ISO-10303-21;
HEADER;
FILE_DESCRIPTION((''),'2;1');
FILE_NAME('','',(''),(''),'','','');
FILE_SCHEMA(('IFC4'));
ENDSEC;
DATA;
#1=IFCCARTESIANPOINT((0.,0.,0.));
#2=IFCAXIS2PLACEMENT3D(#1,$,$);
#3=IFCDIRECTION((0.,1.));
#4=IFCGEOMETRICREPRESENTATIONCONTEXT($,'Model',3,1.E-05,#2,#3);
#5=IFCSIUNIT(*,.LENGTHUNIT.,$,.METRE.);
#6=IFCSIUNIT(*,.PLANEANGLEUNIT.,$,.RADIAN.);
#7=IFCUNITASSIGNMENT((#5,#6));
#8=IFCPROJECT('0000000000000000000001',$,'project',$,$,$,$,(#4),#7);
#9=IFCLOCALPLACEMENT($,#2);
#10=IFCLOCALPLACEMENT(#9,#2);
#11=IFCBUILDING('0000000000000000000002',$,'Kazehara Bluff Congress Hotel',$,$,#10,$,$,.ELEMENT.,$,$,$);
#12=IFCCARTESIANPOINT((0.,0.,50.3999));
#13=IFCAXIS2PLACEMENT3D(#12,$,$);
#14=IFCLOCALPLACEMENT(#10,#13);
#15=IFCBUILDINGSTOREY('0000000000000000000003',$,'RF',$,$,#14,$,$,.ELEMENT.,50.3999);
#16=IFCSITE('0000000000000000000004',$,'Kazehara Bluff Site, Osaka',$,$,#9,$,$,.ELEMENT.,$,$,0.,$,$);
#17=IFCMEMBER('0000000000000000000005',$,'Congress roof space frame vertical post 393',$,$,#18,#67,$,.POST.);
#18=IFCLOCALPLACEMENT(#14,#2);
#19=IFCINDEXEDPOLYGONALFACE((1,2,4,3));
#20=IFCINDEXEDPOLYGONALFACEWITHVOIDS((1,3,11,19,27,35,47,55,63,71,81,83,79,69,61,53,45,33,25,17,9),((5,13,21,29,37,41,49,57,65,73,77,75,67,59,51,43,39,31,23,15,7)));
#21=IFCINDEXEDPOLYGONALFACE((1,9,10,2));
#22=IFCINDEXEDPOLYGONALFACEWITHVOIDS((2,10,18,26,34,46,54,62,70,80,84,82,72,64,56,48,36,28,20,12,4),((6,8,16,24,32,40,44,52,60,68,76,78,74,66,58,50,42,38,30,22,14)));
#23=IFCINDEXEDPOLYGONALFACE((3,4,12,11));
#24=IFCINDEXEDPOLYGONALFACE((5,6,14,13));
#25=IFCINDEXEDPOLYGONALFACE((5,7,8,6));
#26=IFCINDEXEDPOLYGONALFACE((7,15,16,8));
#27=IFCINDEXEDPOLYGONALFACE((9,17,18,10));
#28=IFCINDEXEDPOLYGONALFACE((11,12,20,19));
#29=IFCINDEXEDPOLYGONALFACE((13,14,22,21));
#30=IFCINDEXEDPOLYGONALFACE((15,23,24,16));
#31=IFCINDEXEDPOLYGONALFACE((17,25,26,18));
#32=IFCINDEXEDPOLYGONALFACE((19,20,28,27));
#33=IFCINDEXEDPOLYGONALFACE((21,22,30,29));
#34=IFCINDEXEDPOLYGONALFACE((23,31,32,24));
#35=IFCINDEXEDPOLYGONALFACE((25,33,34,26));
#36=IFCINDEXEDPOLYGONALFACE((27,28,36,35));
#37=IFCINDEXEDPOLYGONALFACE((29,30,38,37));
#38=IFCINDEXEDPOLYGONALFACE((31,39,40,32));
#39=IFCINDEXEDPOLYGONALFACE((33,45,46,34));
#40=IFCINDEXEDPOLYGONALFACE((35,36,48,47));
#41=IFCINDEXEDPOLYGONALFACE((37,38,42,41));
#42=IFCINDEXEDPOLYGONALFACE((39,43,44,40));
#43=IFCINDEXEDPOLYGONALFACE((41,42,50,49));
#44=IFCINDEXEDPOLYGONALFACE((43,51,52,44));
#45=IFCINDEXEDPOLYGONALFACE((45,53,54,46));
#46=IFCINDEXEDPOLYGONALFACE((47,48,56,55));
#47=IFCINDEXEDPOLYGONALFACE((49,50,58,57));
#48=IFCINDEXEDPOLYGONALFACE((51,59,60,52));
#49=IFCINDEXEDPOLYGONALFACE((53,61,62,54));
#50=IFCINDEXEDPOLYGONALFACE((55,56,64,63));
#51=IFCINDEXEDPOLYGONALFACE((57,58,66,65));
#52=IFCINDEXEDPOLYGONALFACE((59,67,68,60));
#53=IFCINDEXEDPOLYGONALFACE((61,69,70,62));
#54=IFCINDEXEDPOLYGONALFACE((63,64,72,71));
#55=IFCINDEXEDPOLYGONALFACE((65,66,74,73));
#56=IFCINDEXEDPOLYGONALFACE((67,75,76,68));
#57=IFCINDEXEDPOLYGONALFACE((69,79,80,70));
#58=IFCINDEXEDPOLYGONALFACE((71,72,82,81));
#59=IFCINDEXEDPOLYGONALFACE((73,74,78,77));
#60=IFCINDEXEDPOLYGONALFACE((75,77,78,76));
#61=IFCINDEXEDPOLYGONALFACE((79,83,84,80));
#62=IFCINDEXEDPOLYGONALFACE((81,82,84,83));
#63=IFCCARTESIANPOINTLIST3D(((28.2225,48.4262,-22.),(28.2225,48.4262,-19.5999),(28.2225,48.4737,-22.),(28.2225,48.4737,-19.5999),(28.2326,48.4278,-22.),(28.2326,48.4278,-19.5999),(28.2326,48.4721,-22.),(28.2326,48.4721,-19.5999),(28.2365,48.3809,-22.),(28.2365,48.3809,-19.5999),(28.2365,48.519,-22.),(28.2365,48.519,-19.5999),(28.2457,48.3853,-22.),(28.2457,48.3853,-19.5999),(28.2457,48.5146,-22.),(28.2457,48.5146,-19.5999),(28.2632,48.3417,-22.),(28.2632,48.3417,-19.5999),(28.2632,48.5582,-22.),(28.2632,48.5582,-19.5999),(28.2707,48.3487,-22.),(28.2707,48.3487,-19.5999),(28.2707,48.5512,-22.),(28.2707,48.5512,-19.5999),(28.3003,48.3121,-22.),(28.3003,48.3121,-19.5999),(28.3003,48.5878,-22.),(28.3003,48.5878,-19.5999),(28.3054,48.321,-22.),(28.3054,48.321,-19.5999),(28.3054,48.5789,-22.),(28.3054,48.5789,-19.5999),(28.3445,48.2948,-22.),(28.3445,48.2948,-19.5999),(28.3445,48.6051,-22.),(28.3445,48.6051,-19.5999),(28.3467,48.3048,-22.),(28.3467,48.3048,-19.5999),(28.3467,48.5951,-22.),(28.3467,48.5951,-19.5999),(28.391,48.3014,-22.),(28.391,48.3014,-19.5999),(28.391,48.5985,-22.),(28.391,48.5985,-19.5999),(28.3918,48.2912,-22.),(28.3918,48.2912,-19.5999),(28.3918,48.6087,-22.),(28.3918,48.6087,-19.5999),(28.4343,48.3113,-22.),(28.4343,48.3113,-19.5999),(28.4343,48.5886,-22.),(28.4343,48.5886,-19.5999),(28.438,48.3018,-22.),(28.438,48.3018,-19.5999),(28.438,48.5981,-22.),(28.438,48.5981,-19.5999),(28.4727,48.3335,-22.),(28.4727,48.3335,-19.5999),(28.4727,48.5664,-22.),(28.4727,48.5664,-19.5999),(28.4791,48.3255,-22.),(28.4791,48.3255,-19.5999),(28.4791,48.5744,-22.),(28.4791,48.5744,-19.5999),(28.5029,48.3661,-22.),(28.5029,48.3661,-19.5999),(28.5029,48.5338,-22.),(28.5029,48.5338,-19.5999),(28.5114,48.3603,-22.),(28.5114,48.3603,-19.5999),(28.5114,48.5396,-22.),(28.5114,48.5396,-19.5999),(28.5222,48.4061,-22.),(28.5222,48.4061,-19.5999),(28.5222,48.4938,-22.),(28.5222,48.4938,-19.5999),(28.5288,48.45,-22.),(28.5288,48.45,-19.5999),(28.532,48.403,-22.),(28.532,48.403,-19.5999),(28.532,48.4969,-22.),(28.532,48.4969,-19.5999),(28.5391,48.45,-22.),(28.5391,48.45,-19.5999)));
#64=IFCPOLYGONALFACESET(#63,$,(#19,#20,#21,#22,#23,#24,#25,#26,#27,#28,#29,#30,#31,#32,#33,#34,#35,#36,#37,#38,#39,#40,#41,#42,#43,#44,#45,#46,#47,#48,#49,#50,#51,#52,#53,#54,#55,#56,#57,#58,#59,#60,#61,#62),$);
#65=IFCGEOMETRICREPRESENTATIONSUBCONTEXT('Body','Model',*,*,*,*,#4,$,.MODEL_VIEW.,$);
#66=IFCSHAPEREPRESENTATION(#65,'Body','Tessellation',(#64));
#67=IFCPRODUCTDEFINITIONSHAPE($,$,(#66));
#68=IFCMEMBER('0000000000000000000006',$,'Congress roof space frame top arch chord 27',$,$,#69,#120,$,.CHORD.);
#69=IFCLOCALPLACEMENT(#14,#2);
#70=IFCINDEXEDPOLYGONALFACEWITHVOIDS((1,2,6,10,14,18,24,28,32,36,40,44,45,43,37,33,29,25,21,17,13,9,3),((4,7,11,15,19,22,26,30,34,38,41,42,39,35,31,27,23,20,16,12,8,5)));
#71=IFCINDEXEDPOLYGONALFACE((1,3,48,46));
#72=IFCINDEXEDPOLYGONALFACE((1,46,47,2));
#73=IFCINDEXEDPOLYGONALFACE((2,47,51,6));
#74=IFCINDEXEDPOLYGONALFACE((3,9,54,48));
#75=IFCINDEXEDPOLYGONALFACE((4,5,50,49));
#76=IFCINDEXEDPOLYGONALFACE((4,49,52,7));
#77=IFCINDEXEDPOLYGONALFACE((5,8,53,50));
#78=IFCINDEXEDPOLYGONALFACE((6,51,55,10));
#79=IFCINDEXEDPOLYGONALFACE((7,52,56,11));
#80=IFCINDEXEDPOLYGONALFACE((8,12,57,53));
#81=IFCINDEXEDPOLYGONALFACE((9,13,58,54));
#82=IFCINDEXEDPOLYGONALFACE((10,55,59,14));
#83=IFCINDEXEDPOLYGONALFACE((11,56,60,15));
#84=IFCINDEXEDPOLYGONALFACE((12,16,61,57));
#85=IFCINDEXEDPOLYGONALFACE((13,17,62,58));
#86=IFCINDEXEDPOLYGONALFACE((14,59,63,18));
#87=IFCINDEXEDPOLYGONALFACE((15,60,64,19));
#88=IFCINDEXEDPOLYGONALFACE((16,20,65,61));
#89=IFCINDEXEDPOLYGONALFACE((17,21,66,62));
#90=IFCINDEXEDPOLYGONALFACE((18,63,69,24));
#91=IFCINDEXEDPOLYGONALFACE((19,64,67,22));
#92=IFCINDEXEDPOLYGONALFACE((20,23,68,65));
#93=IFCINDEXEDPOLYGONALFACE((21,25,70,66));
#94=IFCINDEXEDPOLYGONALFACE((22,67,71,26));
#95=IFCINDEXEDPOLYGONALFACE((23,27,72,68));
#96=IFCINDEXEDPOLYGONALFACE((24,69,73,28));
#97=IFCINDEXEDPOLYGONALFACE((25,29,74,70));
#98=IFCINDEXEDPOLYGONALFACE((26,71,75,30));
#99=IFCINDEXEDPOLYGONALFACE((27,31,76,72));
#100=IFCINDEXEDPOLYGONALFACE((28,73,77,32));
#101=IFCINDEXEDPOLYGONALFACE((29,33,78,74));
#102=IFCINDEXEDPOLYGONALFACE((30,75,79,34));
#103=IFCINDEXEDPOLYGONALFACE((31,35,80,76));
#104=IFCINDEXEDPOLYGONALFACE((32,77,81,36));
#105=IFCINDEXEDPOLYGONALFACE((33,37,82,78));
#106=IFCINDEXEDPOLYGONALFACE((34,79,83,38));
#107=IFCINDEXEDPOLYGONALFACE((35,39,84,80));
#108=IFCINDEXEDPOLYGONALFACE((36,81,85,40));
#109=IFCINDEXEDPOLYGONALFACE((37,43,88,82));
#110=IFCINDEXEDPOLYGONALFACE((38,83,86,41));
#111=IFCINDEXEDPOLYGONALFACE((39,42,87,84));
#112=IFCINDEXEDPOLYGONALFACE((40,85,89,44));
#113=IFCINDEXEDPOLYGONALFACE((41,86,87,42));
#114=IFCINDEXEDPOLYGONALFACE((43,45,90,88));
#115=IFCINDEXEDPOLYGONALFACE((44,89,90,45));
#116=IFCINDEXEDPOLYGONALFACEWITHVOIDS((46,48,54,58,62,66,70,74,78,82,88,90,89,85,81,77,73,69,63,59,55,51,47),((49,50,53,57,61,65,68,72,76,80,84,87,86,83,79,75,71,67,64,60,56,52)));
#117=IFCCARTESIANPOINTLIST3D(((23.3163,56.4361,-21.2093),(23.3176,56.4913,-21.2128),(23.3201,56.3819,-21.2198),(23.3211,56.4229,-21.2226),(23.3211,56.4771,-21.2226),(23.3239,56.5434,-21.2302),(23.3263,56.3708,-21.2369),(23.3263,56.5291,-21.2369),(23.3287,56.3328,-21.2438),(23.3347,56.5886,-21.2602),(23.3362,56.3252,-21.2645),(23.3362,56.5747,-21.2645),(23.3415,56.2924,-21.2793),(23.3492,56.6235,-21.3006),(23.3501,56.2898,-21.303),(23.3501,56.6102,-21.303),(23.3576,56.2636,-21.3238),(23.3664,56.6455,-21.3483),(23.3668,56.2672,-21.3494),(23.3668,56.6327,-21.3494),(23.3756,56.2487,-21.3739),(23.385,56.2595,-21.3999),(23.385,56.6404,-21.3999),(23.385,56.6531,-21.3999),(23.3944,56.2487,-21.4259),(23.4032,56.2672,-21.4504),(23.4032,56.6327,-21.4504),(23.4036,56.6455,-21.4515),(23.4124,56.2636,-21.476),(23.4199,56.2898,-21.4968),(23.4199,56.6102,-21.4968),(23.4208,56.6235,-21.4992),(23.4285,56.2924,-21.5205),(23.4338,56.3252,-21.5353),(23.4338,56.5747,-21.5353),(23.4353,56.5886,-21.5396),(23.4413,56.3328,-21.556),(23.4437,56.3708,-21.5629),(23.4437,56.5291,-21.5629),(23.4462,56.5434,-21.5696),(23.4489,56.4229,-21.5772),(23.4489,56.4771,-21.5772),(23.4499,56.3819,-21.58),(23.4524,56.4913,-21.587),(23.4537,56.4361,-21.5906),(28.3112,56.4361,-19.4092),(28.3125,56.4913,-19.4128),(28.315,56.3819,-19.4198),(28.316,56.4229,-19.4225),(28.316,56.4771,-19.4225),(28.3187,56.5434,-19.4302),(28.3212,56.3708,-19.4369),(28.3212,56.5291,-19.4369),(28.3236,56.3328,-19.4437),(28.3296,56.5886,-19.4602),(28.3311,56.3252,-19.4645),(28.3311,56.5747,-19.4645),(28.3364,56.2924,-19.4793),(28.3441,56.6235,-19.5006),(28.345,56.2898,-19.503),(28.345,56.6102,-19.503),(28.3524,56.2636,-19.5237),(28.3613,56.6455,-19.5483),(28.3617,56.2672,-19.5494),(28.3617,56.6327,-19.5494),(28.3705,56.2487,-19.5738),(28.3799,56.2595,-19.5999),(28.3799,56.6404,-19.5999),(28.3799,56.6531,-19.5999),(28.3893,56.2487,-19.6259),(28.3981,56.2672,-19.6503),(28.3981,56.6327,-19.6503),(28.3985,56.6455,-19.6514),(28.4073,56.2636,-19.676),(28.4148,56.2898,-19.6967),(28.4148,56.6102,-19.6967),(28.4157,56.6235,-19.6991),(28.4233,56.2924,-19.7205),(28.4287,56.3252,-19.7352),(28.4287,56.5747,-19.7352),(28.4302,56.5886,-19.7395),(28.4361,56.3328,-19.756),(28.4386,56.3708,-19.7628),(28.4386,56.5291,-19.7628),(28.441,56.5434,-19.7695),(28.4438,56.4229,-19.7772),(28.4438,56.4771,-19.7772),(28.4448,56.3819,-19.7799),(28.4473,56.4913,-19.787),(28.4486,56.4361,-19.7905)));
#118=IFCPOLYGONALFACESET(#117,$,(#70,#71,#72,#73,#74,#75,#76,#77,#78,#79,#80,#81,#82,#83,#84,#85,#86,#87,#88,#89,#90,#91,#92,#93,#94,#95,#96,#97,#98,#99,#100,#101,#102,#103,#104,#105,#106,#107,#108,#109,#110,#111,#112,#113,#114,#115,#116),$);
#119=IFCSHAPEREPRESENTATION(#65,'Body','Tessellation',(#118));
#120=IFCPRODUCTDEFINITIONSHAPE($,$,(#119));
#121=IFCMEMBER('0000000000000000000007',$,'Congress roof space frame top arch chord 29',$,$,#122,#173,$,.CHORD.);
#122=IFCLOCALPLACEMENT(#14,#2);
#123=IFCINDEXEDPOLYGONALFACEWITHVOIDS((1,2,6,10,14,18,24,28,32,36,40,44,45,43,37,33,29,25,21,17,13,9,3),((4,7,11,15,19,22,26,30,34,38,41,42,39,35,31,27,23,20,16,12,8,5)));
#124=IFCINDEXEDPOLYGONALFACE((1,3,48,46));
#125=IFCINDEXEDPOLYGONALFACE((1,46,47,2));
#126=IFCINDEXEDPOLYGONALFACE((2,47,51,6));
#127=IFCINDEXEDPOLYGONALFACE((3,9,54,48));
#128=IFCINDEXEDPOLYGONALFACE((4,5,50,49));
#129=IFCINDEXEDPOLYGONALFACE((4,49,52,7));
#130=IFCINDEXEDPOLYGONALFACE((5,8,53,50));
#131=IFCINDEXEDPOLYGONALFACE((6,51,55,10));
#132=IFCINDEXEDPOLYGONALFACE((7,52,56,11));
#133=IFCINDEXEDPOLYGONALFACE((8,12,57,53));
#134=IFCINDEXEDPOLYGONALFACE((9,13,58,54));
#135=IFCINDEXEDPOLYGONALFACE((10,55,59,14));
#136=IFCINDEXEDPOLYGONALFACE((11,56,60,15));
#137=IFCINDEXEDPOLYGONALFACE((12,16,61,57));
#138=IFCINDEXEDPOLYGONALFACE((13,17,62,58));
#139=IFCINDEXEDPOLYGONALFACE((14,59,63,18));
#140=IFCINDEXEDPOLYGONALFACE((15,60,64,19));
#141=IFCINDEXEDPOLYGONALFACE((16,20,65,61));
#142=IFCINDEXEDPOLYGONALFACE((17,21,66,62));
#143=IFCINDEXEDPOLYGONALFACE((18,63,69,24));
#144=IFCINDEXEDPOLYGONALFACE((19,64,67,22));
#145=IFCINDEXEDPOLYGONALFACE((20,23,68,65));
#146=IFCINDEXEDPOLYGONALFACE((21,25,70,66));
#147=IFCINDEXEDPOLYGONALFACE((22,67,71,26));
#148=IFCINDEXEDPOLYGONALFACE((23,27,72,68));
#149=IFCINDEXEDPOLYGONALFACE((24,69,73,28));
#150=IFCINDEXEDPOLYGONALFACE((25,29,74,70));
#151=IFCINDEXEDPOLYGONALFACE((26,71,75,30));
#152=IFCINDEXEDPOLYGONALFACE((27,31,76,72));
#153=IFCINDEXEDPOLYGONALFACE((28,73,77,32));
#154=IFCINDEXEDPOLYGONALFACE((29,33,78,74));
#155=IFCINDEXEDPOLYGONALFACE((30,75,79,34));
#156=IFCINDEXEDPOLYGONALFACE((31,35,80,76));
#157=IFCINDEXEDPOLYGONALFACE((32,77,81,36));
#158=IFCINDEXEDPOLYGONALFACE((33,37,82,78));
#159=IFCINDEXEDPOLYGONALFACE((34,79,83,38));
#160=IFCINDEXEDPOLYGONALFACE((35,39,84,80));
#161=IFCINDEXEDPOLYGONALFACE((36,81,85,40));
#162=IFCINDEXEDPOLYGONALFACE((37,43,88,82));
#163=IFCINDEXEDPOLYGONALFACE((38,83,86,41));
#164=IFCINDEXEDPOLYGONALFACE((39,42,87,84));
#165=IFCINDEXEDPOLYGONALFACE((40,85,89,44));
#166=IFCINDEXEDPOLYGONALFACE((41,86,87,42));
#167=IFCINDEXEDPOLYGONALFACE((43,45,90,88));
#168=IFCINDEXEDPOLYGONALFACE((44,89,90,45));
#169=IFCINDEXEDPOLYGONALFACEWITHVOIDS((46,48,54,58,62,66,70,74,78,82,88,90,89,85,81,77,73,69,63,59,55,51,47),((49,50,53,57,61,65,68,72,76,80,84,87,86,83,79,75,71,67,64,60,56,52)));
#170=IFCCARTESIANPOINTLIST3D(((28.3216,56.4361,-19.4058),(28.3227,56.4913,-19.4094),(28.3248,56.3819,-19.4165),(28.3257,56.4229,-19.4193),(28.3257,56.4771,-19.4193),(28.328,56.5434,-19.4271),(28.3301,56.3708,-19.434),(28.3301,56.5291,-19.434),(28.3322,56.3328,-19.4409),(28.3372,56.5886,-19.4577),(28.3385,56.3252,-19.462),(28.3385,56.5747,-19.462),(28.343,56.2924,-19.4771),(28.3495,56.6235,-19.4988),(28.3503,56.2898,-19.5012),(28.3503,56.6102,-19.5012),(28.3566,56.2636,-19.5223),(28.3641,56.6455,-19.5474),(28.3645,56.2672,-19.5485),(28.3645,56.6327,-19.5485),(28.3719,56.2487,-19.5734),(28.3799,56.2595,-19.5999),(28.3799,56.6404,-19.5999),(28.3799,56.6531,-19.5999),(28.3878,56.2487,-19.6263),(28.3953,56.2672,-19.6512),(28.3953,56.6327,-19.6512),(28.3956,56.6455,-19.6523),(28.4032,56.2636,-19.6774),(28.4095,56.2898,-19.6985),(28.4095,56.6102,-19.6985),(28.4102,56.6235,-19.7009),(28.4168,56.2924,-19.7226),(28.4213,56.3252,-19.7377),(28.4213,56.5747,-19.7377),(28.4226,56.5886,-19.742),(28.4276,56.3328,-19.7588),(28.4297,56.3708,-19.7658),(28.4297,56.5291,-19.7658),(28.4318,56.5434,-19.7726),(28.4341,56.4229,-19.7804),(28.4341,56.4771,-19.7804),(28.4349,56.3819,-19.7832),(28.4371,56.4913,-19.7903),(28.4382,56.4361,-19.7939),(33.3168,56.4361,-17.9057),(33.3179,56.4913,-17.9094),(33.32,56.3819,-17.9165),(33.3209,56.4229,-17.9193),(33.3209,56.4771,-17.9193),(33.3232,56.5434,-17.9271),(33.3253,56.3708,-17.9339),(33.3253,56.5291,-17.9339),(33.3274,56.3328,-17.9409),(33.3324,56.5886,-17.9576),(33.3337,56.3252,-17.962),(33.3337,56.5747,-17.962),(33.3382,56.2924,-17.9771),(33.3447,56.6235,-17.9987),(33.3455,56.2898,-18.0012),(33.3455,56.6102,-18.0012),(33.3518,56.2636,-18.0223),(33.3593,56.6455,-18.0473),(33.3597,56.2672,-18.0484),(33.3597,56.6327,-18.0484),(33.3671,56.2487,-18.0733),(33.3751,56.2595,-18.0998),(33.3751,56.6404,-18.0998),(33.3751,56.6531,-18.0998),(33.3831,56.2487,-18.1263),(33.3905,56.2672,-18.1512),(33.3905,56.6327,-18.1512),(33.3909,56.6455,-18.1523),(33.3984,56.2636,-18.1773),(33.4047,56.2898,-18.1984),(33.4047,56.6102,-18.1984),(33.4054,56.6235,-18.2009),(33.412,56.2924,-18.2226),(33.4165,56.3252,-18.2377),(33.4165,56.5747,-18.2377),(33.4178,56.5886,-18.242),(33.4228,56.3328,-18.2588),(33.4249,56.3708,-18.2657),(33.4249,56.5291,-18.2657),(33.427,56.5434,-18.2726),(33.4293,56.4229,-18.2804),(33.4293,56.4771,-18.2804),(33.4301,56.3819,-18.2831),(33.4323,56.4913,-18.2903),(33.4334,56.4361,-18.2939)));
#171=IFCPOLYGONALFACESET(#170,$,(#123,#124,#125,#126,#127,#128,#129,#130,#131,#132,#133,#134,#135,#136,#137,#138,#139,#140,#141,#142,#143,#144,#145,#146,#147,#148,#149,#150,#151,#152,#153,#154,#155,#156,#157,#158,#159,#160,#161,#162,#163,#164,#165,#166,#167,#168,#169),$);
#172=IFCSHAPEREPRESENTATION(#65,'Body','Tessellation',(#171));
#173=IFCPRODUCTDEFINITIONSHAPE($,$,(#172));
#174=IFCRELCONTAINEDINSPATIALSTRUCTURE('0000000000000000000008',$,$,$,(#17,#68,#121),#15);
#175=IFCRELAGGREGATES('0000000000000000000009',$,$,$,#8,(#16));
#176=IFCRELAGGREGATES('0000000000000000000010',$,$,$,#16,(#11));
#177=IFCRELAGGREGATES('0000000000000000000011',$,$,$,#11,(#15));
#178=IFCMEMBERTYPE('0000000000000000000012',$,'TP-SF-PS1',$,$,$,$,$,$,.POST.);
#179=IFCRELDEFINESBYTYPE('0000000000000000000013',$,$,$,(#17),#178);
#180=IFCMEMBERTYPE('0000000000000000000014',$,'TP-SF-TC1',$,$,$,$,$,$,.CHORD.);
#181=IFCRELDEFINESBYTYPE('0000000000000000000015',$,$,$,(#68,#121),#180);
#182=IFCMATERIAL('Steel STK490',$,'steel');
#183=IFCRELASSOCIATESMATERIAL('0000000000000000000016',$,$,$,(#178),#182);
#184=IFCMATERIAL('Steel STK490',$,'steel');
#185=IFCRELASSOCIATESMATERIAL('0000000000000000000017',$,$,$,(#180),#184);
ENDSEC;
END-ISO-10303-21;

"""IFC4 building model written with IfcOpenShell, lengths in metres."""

from ifc_helpers import new_model, si_unit, direction, frame, origin, origin_2d, place, context, subcontext, project, spatial, hollow_circle, extrude, material, material_profile, profile_set, type_object, element, save


model = new_model("IFC4")

# Units and contexts
model_context = context("Model", 3, precision=1e-05, world=origin(), true_north=direction((0.0, 1.0)))
body_context = subcontext(model_context, "Body", "Model", "MODEL_VIEW")
ifc_project = project(units=[si_unit("LENGTHUNIT", "METRE"), si_unit("PLANEANGLEUNIT", "RADIAN")], contexts=[model_context])

# Site, building, storey
site_placement = place(None, origin())
site = spatial("IfcSite", under=ifc_project, at=site_placement, Name="Kazehara Bluff Site, Osaka", CompositionType="ELEMENT", RefElevation=0.0)
building_placement = place(site_placement, origin())
building = spatial("IfcBuilding", under=site, at=building_placement, Name="Kazehara Bluff Congress Hotel", CompositionType="ELEMENT")
storey_placement = place(building_placement, frame((0.0, 0.0, 50.3999)))
storey = spatial("IfcBuildingStorey", under=building, at=storey_placement, Name="RF", CompositionType="ELEMENT", Elevation=50.3999)

# Members
ifc_material_1 = material(Name="Steel STK490", Category="steel")
ifc_material_profile_1 = material_profile(ifc_material_1, hollow_circle(Radius=0.1592, WallThickness=0.0103, at=origin_2d()))
ifc_profile_set_1 = profile_set([ifc_material_profile_1], Name="Steel STK490")
member_type_1 = type_object("IfcMemberType", Name="TP-SF-PS1", PredefinedType="POST", material=ifc_profile_set_1)
member_1_placement = place(storey_placement, frame((28.3799, 48.45, -22.0), z_axis=(0.0, 0.0, 1.0), x_axis=(1.0, 0.0, 0.0)))
element("IfcMember", 1, at=member_1_placement, inside=storey, type_object=member_type_1, Name="Congress roof space frame vertical post 393", PredefinedType="POST", context=body_context, shape_type="SweptSolid", body=[
    extrude(hollow_circle(Radius=0.1592, WallThickness=0.0103, at=origin_2d()), origin(), (0.0, 0.0, 1.0), 2.4001),
])
ifc_material_2 = material(Name="Steel STK490", Category="steel")
ifc_material_profile_2 = material_profile(ifc_material_2, hollow_circle(Radius=0.2031, WallThickness=0.0127, at=origin_2d()))
ifc_profile_set_2 = profile_set([ifc_material_profile_2], Name="Steel STK490")
member_type_2 = type_object("IfcMemberType", Name="TP-SF-TC1", PredefinedType="CHORD", material=ifc_profile_set_2)
member_2_placement = place(storey_placement, frame((23.385, 56.45, -21.3999), z_axis=(0.940774, 0.0, 0.339035), x_axis=(0.0, 1.0, 0.0)))
element("IfcMember", 2, at=member_2_placement, inside=storey, type_object=member_type_2, Name="Congress roof space frame top arch chord 27", PredefinedType="CHORD", context=body_context, shape_type="SweptSolid", body=[
    extrude(hollow_circle(Radius=0.2031, WallThickness=0.0127, at=origin_2d()), origin(), (0.0, 0.0, 1.0), 5.3093),
])
member_3_placement = place(storey_placement, frame((28.3799, 56.45, -19.5999), z_axis=(0.957749, 0.0, 0.287606), x_axis=(0.0, 1.0, 0.0)))
element("IfcMember", 3, at=member_3_placement, inside=storey, type_object=member_type_2, Name="Congress roof space frame top arch chord 29", PredefinedType="CHORD", context=body_context, shape_type="SweptSolid", body=[
    extrude(hollow_circle(Radius=0.2031, WallThickness=0.0127, at=origin_2d()), origin(), (0.0, 0.0, 1.0), 5.2156),
])

save(model, "model.ifc")
